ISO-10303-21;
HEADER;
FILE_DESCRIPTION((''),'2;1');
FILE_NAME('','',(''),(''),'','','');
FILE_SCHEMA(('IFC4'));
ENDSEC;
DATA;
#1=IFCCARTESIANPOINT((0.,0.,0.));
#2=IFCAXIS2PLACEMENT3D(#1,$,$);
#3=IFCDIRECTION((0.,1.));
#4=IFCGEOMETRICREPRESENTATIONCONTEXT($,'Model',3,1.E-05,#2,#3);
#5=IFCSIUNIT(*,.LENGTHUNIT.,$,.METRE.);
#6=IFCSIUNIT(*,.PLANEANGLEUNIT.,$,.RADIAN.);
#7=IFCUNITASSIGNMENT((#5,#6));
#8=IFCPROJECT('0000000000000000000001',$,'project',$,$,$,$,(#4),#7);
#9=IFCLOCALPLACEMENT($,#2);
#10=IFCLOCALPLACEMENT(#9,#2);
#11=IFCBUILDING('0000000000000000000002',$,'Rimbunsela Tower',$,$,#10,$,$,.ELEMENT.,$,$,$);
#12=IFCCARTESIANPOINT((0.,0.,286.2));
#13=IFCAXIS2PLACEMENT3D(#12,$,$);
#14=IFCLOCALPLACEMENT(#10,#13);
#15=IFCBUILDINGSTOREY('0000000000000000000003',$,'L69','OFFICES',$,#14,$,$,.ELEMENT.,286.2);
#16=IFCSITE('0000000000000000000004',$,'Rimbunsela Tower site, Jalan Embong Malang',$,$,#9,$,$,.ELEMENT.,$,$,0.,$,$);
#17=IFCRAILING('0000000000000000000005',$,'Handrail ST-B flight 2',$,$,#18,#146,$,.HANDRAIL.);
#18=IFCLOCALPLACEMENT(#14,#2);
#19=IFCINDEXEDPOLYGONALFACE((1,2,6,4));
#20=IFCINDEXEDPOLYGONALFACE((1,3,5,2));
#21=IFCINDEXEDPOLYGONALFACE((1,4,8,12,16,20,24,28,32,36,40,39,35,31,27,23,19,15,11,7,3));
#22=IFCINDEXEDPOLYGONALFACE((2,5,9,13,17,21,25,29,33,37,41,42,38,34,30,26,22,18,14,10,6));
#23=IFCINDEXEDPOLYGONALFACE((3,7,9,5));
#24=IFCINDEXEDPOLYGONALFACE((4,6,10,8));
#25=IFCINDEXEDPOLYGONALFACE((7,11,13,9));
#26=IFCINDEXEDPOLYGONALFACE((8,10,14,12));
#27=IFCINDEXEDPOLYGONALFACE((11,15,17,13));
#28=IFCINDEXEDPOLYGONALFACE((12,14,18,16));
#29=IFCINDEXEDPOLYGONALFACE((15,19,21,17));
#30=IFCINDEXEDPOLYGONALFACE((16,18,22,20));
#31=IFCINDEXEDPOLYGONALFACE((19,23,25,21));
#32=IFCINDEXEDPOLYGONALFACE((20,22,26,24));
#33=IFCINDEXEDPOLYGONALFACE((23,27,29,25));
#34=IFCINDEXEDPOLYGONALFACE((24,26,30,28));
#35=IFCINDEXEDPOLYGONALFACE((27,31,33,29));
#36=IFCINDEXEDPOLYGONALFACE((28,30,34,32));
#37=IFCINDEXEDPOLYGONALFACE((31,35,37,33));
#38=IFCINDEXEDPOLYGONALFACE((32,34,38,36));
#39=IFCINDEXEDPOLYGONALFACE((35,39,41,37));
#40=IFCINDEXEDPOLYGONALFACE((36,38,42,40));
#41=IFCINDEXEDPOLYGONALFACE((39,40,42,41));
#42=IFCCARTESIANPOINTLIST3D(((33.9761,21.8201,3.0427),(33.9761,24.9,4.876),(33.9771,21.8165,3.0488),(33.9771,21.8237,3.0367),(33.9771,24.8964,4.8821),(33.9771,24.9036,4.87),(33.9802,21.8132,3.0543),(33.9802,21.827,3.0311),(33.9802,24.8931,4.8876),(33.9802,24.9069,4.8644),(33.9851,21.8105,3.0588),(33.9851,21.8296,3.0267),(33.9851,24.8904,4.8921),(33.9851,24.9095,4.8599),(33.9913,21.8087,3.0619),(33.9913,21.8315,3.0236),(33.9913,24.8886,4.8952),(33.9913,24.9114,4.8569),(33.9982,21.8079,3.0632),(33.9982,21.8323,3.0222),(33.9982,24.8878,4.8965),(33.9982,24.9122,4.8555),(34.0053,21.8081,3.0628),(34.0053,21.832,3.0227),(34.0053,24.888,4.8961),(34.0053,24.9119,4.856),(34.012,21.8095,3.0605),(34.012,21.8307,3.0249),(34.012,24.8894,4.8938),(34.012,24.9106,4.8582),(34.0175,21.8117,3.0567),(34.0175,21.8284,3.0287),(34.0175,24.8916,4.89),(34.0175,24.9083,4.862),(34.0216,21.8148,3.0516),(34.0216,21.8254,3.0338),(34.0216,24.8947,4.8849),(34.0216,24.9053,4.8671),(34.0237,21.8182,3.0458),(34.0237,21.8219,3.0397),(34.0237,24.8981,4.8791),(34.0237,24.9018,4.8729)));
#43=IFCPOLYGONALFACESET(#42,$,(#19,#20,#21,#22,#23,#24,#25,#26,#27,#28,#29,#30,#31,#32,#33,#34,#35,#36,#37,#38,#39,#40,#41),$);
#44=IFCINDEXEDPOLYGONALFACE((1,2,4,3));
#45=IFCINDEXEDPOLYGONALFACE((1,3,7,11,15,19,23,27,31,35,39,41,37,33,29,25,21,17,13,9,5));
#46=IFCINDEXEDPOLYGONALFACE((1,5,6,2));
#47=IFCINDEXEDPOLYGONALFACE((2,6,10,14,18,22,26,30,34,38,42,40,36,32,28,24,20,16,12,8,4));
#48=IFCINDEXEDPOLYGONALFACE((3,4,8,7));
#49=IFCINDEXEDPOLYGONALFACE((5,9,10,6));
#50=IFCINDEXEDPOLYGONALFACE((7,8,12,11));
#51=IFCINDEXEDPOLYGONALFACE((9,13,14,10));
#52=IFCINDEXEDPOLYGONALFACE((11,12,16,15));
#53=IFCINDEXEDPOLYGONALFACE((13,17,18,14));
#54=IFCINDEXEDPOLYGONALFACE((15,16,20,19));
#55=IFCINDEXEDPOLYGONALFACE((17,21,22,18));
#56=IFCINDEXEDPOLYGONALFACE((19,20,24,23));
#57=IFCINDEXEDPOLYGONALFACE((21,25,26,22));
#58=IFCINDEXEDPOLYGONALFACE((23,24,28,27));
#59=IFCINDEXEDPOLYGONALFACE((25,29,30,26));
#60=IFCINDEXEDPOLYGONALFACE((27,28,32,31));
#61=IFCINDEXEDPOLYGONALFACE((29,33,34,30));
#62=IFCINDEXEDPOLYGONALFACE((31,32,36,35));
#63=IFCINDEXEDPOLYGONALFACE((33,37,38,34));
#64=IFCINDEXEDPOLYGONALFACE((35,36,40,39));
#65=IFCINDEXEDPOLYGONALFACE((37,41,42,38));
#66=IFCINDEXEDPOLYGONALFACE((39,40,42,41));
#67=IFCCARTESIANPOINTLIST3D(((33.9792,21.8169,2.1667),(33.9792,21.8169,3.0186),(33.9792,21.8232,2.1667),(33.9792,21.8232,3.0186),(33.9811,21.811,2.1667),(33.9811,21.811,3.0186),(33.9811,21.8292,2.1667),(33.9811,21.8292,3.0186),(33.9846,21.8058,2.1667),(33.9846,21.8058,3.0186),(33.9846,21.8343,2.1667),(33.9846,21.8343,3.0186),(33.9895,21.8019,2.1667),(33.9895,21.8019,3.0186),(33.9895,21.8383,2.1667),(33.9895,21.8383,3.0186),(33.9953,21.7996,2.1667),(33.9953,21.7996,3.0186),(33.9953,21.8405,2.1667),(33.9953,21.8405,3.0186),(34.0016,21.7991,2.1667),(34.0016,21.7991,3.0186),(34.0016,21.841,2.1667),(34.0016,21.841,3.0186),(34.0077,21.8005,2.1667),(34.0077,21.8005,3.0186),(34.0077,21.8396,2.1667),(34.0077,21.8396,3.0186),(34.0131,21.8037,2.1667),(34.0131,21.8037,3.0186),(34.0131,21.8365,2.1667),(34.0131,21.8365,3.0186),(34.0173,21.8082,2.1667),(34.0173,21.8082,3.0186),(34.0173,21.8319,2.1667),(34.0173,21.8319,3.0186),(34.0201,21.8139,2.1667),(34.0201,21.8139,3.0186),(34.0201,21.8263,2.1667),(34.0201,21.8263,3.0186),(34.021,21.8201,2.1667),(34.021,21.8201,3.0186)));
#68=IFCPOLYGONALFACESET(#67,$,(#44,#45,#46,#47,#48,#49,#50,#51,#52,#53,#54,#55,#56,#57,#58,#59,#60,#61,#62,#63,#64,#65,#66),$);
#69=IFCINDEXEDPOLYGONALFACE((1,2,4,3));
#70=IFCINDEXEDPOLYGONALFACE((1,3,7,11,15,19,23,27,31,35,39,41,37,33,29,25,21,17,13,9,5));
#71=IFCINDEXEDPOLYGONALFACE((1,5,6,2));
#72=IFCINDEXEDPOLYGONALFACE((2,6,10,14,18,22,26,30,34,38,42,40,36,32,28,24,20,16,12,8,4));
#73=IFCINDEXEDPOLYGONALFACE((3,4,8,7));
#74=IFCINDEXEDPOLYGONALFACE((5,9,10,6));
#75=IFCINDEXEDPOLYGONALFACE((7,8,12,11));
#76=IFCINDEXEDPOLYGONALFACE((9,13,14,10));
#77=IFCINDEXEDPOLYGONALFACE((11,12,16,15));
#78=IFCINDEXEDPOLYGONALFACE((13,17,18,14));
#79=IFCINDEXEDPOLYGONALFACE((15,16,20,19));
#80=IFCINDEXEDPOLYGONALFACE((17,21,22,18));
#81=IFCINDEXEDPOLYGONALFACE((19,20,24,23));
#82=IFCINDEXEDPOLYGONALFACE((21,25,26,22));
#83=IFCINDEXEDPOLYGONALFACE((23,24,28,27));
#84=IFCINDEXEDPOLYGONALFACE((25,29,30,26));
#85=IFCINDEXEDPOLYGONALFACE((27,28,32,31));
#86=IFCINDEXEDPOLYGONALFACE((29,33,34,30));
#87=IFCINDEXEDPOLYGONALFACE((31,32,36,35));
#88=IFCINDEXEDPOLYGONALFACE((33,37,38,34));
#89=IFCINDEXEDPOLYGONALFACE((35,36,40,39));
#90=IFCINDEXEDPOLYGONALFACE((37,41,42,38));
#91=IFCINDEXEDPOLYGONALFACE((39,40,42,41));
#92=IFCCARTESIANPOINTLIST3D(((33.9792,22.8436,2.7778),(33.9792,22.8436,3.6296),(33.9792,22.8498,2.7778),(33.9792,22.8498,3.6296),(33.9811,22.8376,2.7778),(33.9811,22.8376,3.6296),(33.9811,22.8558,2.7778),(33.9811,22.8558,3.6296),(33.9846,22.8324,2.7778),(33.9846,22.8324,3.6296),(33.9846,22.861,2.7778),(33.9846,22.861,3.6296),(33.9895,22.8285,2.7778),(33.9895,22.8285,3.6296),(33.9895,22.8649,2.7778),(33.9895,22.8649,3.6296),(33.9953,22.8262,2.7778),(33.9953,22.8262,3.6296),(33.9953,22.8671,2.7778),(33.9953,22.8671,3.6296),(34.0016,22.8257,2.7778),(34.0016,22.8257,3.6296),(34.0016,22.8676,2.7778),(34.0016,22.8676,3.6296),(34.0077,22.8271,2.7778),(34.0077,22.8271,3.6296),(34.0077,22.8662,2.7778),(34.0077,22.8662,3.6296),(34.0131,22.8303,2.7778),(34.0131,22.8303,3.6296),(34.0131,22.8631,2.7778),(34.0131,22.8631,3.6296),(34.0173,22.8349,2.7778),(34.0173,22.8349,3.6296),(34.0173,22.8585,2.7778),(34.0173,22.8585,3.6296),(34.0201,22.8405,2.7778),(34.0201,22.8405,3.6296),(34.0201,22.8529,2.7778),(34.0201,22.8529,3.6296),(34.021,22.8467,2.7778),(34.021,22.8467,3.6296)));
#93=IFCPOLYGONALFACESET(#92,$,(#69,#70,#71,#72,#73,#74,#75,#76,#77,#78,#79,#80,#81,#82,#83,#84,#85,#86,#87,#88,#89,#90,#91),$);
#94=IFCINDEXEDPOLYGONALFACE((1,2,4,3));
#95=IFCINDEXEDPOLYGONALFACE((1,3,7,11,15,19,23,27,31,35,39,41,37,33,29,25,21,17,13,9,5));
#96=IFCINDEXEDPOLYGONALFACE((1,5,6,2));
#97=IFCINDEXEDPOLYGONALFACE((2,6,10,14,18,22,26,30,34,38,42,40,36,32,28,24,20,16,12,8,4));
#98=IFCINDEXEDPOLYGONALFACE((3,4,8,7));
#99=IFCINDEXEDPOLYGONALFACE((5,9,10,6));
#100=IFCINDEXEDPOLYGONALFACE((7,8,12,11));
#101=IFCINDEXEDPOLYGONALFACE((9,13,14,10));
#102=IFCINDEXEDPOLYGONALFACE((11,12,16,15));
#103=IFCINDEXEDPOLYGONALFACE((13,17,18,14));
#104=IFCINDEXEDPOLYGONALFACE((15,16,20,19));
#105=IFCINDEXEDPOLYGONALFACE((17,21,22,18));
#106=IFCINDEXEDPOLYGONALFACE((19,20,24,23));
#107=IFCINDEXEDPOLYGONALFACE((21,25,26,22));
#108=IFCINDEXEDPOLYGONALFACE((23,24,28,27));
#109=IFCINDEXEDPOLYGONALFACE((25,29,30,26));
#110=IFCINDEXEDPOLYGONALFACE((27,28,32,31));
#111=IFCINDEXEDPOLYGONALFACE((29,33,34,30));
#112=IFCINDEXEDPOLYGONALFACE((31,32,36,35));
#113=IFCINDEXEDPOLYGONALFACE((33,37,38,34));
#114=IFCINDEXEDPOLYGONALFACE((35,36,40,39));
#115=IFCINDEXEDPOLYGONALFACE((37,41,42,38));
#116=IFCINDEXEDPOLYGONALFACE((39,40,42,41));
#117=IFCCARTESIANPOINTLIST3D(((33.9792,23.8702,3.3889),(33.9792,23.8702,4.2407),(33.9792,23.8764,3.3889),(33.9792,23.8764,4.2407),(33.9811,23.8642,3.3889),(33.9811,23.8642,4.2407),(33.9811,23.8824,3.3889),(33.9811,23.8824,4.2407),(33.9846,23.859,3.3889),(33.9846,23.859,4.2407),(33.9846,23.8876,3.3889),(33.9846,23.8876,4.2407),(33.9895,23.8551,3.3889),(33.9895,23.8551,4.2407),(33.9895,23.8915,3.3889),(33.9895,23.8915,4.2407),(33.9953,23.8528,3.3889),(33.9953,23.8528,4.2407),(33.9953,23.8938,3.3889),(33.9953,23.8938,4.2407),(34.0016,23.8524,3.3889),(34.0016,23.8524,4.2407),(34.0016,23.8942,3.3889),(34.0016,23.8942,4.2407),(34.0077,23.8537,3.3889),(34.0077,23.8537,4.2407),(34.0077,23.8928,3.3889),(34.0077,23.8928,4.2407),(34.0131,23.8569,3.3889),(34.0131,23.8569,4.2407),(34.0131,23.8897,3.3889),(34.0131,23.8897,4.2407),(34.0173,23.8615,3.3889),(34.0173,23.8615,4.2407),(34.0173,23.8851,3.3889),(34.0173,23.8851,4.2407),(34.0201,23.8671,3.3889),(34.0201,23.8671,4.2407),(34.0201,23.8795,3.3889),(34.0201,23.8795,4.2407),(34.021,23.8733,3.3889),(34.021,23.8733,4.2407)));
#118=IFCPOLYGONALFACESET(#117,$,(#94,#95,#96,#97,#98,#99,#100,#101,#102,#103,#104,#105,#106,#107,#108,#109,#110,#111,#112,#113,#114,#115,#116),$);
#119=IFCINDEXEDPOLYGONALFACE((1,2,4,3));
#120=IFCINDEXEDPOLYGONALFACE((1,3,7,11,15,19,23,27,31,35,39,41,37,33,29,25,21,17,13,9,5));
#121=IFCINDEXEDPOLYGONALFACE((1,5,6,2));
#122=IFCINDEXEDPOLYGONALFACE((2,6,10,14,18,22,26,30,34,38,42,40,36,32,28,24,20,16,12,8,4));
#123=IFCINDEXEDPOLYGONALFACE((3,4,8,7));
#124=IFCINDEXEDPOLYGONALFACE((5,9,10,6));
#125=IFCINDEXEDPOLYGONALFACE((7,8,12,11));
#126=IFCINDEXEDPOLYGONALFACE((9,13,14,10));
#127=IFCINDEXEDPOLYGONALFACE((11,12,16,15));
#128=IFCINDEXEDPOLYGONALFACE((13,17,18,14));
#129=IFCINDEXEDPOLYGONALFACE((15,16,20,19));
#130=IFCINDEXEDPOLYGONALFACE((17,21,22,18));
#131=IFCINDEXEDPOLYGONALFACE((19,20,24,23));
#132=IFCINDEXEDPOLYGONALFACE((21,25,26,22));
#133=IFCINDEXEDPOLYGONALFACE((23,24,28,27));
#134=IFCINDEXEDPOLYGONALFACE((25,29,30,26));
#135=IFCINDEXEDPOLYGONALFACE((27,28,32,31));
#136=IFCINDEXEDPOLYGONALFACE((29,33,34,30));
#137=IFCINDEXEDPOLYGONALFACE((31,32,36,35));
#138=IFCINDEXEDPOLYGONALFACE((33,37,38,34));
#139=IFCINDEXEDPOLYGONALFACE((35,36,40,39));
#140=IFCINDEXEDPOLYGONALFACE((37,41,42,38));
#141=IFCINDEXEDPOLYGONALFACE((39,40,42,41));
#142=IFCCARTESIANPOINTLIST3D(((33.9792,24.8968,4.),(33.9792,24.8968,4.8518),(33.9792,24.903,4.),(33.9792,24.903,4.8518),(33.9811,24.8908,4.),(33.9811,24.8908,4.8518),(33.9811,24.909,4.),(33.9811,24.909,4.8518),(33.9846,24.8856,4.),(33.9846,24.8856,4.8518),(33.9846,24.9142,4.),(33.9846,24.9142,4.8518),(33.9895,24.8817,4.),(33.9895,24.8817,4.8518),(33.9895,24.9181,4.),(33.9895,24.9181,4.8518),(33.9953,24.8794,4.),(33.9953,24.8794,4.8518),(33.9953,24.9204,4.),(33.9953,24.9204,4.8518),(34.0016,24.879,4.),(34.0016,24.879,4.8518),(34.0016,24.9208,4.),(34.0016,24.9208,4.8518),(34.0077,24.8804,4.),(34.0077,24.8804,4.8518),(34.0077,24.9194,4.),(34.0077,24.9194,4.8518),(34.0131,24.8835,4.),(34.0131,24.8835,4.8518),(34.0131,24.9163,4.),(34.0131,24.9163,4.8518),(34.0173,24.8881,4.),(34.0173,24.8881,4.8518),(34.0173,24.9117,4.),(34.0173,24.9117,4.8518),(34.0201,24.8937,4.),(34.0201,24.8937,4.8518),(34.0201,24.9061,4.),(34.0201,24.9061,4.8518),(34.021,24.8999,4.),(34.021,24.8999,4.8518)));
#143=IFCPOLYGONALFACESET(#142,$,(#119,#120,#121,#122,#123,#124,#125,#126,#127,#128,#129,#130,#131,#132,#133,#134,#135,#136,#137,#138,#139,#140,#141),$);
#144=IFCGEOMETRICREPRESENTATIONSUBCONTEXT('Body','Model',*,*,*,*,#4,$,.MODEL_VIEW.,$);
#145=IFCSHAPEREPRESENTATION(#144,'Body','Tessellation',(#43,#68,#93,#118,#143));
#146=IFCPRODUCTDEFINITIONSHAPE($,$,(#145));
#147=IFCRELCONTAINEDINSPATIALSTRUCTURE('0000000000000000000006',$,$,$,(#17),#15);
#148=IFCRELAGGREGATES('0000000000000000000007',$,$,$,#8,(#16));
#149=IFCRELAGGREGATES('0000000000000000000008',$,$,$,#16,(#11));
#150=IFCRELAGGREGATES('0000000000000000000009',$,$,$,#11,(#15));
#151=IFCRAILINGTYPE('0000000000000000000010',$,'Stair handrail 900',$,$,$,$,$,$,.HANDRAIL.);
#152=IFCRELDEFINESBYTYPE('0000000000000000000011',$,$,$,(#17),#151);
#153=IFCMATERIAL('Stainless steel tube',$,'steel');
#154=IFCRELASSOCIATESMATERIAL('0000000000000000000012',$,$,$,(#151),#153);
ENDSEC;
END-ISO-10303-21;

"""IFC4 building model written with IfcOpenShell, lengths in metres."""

from ifc_helpers import new_model, si_unit, direction, frame, origin, origin_2d, place, context, subcontext, project, spatial, circle, extrude, material, type_object, element, save


model = new_model("IFC4")

# Units and contexts
model_context = context("Model", 3, precision=1e-05, world=origin(), true_north=direction((0.0, 1.0)))
body_context = subcontext(model_context, "Body", "Model", "MODEL_VIEW")
ifc_project = project(units=[si_unit("LENGTHUNIT", "METRE"), si_unit("PLANEANGLEUNIT", "RADIAN")], contexts=[model_context])

# Site, building, storey
site_placement = place(None, origin())
site = spatial("IfcSite", under=ifc_project, at=site_placement, Name="Rimbunsela Tower site, Jalan Embong Malang", CompositionType="ELEMENT", RefElevation=0.0)
building_placement = place(site_placement, origin())
building = spatial("IfcBuilding", under=site, at=building_placement, Name="Rimbunsela Tower", CompositionType="ELEMENT")
storey_placement = place(building_placement, frame((0.0, 0.0, 286.2)))
storey = spatial("IfcBuildingStorey", under=building, at=storey_placement, Name="L69", Description="OFFICES", CompositionType="ELEMENT", Elevation=286.2)

# Railing
ifc_material_1 = material(Name="Stainless steel tube", Category="steel")
railing_type = type_object("IfcRailingType", Name="Stair handrail 900", PredefinedType="HANDRAIL", material=ifc_material_1)
for number, where, name in (
    (1, (34.0, 21.8201, 2.1667), "Handrail ST-B flight 2"),
):
    element("IfcRailing", number, at=place(storey_placement, frame(where)), inside=storey, type_object=railing_type, Name=name, PredefinedType="HANDRAIL", context=body_context, shape_type="SweptSolid", body=[
        extrude(circle(Radius=0.0239, at=origin_2d()), frame((0.0, 0.0, 0.876), z_axis=(0.0, 0.859291, 0.511487), x_axis=(-1.0, 0.0, 0.0)), (0.0, 0.0, 1.0), 3.5842),
        extrude(circle(Radius=0.021, at=origin_2d()), origin(), (0.0, 0.0, 1.0), 0.8518),
        extrude(circle(Radius=0.021, at=origin_2d()), frame((0.0, 1.0266, 0.6111)), (0.0, 0.0, 1.0), 0.8518),
        extrude(circle(Radius=0.021, at=origin_2d()), frame((0.0, 2.0532, 1.2222)), (0.0, 0.0, 1.0), 0.8518),
        extrude(circle(Radius=0.021, at=origin_2d()), frame((0.0, 3.0798, 1.8333)), (0.0, 0.0, 1.0), 0.8518),
    ])

save(model, "model.ifc")
